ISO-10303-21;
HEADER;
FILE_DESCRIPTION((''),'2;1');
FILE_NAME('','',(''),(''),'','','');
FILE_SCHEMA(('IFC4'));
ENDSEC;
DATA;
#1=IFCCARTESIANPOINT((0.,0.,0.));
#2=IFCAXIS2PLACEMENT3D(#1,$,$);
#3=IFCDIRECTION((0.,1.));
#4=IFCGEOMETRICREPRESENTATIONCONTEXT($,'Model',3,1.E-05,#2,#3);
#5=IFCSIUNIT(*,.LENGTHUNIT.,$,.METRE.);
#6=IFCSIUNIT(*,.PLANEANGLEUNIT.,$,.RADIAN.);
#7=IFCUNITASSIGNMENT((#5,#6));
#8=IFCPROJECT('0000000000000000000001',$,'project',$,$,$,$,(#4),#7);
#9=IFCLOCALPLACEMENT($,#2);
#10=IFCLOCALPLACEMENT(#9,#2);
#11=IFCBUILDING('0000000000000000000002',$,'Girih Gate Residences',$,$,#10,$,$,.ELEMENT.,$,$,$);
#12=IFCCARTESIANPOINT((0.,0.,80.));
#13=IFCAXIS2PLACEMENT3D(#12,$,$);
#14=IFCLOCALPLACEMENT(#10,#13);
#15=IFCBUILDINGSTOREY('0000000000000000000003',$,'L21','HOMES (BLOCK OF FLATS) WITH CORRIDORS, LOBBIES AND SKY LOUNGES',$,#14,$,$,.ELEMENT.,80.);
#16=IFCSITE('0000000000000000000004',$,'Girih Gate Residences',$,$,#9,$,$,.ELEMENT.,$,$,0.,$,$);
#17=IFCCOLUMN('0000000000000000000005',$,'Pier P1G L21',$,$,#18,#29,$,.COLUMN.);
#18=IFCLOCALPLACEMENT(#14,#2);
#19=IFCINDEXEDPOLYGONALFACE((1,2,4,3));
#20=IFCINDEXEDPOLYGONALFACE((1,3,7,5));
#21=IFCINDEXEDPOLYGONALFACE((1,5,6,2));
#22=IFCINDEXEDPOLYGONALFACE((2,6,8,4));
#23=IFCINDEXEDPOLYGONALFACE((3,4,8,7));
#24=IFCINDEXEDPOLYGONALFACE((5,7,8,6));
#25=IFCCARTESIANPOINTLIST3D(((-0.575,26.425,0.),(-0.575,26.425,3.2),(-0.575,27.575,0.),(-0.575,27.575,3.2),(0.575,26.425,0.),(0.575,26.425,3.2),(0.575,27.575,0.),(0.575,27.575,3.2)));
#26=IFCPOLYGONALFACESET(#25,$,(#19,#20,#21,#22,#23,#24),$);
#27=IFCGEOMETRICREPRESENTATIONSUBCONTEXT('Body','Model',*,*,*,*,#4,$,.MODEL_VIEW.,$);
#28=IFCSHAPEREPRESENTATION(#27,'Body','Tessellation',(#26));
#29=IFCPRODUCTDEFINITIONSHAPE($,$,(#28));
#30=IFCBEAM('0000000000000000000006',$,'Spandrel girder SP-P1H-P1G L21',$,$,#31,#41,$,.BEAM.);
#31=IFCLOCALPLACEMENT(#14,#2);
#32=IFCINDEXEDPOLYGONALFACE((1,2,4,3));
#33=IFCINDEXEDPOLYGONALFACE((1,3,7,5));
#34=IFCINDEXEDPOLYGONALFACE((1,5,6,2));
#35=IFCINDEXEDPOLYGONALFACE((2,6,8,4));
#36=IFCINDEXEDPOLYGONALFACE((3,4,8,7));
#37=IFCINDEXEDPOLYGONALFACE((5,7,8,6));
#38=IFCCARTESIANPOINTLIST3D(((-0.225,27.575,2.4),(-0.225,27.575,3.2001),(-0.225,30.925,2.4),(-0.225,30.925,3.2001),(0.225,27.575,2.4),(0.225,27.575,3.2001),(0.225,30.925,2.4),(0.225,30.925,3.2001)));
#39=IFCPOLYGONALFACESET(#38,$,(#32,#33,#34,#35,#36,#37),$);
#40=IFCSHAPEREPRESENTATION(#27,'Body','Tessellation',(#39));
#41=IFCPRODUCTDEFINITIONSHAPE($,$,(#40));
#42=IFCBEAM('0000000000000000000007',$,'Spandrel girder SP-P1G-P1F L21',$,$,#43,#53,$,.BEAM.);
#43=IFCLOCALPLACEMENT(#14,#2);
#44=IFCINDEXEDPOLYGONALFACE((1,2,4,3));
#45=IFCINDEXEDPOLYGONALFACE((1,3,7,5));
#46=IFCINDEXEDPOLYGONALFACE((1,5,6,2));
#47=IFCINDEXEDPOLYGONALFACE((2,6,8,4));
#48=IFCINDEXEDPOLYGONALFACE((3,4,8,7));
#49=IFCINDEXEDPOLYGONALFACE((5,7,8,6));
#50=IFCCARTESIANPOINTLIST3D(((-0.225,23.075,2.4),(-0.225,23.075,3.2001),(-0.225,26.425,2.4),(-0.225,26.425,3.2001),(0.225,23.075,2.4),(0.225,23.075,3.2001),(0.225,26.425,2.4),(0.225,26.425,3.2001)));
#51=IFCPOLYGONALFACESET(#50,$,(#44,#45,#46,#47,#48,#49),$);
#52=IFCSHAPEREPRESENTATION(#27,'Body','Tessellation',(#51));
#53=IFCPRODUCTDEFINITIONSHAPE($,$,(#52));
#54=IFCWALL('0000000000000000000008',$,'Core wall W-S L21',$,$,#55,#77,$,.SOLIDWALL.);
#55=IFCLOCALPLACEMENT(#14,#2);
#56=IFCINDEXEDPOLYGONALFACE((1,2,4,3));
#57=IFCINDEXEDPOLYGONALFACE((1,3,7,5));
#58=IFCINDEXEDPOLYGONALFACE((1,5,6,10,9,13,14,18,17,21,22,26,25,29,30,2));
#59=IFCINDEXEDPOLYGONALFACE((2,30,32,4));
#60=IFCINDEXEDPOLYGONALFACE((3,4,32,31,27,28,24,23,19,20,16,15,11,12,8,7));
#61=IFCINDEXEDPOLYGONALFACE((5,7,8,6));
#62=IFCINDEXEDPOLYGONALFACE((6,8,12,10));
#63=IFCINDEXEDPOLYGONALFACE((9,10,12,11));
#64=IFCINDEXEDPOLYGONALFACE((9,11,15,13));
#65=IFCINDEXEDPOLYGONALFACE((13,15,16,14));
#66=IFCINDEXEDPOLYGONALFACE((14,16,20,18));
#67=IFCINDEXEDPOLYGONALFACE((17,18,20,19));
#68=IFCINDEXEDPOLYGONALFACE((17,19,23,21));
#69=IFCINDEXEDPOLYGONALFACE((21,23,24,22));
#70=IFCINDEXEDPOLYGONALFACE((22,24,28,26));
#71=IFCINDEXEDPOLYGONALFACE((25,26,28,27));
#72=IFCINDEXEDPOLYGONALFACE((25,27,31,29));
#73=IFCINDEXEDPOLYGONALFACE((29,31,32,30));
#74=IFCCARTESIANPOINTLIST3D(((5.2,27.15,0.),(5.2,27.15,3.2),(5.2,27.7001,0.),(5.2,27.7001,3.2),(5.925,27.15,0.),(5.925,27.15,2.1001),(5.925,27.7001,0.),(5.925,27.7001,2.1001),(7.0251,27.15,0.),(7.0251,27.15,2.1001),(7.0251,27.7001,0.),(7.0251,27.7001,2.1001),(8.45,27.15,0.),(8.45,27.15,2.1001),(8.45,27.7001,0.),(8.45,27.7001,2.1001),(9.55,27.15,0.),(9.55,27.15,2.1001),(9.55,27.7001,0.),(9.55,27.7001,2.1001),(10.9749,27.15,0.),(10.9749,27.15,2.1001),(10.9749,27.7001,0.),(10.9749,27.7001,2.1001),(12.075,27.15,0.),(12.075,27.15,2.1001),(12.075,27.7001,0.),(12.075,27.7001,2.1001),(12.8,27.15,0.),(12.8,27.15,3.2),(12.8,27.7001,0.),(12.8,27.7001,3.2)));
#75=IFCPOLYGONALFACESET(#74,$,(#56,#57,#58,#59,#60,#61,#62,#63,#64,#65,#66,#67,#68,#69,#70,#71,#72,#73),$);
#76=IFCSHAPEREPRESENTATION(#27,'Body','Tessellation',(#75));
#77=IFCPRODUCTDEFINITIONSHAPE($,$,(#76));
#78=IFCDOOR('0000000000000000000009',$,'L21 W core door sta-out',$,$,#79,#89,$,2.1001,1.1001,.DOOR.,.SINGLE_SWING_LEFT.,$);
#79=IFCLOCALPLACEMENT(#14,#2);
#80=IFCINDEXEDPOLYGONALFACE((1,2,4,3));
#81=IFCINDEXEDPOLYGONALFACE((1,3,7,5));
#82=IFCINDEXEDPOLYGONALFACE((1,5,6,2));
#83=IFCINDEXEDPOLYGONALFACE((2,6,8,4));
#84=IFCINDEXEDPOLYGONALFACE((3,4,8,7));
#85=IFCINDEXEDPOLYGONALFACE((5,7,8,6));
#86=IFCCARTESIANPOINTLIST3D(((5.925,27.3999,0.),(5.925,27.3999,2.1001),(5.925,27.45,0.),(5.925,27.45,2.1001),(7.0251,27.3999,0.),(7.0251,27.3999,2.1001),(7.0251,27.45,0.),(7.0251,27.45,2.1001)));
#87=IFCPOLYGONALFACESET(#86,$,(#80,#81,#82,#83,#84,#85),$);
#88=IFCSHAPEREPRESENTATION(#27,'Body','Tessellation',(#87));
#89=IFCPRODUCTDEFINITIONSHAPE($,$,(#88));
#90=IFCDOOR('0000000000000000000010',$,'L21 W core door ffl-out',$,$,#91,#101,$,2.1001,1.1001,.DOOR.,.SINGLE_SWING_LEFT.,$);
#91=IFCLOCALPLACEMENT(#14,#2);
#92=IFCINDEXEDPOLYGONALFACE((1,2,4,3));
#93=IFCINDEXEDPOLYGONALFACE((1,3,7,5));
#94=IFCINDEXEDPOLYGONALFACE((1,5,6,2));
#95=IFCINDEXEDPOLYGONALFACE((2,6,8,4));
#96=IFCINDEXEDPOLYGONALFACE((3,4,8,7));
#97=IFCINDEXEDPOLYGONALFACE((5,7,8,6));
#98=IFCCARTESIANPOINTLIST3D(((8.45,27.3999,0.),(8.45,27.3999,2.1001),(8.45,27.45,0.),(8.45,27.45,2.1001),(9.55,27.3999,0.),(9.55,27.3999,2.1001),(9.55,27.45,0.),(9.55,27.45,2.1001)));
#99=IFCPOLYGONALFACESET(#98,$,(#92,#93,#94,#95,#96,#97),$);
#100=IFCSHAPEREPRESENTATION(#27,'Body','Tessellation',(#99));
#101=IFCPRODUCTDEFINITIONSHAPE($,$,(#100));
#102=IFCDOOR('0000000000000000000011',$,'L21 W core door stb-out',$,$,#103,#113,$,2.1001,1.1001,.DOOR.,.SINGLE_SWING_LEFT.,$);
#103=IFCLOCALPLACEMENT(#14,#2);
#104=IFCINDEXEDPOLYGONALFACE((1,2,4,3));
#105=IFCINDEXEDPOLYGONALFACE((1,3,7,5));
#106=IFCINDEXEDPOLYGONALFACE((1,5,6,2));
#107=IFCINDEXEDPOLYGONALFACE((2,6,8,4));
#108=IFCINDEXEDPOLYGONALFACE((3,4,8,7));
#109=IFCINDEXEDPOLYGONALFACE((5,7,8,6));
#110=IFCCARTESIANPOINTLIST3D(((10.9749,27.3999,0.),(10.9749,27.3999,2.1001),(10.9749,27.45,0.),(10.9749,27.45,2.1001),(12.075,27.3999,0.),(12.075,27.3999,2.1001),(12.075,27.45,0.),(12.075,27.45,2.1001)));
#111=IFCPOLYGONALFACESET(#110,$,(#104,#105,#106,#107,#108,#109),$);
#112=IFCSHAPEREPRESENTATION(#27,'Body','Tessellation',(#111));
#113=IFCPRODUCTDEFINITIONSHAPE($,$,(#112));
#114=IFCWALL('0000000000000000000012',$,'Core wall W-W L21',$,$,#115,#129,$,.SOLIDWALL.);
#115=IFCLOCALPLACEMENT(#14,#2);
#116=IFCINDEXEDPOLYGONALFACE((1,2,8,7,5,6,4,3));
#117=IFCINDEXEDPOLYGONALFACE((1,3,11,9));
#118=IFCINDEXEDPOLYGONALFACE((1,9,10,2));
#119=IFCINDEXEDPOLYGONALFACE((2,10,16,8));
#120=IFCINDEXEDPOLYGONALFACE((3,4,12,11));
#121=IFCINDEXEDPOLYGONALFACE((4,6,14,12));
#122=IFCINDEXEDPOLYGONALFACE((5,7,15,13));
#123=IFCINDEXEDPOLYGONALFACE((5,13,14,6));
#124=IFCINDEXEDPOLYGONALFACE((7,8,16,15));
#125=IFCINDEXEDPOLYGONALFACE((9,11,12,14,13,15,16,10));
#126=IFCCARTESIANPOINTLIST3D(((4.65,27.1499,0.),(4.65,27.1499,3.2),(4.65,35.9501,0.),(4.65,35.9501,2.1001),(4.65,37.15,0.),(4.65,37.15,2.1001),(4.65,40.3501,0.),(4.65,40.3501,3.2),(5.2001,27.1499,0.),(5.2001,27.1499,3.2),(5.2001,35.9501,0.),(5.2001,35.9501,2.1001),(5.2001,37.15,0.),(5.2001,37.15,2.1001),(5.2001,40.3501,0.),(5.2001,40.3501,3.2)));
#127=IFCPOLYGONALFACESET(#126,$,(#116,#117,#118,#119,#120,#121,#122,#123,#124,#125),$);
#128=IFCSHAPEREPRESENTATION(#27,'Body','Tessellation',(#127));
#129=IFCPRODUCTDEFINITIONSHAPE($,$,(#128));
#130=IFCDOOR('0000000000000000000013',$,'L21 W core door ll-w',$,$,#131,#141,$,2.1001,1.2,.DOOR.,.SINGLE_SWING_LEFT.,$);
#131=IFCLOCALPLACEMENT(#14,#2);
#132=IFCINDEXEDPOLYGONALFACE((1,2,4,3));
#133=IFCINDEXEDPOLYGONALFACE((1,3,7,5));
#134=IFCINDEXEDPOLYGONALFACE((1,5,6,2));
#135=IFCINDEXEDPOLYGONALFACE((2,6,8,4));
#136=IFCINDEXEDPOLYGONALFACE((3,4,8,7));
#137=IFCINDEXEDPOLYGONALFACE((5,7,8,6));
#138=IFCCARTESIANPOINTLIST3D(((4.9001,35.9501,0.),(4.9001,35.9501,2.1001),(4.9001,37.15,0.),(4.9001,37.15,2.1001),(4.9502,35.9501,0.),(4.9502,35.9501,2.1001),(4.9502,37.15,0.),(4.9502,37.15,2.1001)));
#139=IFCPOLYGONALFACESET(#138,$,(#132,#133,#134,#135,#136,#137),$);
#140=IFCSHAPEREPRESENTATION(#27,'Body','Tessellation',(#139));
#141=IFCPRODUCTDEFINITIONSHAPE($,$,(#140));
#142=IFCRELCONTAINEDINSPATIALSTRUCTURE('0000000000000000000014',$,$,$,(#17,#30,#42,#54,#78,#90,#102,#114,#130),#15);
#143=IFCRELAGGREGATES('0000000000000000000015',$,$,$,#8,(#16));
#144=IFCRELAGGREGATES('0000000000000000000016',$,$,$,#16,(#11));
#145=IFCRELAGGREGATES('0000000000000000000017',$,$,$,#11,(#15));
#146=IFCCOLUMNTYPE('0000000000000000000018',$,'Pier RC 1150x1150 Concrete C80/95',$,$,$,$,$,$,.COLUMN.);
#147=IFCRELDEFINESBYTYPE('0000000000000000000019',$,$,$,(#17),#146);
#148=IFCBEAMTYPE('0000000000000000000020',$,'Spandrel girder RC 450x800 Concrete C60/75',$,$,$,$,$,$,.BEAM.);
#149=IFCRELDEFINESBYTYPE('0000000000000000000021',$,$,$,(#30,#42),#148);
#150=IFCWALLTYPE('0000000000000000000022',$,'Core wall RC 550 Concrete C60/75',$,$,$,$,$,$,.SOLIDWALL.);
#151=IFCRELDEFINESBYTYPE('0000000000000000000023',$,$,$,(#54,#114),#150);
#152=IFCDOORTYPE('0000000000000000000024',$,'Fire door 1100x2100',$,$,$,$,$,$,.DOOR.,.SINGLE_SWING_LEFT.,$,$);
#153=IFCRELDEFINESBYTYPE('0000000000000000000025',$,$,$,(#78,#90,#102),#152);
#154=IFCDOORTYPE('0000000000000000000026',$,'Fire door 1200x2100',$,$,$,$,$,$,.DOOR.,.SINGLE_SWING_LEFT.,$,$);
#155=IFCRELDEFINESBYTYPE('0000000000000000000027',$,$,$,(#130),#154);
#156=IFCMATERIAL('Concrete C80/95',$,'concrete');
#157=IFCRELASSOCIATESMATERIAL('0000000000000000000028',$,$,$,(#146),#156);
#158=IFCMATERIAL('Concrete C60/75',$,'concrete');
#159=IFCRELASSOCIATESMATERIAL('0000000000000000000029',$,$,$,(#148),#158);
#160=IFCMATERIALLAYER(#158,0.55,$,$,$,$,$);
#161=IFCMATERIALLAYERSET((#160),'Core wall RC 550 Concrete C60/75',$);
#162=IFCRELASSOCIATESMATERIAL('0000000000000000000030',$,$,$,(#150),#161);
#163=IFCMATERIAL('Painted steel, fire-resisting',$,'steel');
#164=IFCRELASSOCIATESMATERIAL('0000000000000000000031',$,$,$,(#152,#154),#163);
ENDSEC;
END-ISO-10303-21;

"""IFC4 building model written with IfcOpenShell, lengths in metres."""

from ifc_helpers import new_model, si_unit, direction, frame, frame_2d, origin, origin_2d, place, context, subcontext, project, spatial, rectangle, extrude, material, layer, layer_set, material_profile, profile_set, type_object, element, fill, save


model = new_model("IFC4")

# Units and contexts
model_context = context("Model", 3, precision=1e-05, world=origin(), true_north=direction((0.0, 1.0)))
body_context = subcontext(model_context, "Body", "Model", "MODEL_VIEW")
ifc_project = project(units=[si_unit("LENGTHUNIT", "METRE"), si_unit("PLANEANGLEUNIT", "RADIAN")], contexts=[model_context])

# Site, building, storey
site_placement = place(None, origin())
site = spatial("IfcSite", under=ifc_project, at=site_placement, Name="Girih Gate Residences", CompositionType="ELEMENT", RefElevation=0.0)
building_placement = place(site_placement, origin())
building = spatial("IfcBuilding", under=site, at=building_placement, Name="Girih Gate Residences", CompositionType="ELEMENT")
storey_placement = place(building_placement, frame((0.0, 0.0, 80.0)))
storey = spatial("IfcBuildingStorey", under=building, at=storey_placement, Name="L21", Description="HOMES (BLOCK OF FLATS) WITH CORRIDORS, LOBBIES AND SKY LOUNGES", CompositionType="ELEMENT", Elevation=80.0)

# Column
ifc_material_1 = material(Name="Concrete C80/95", Category="concrete")
ifc_material_profile_1 = material_profile(ifc_material_1, rectangle(XDim=1.1499, YDim=1.1499, at=origin_2d()))
ifc_profile_set_1 = profile_set([ifc_material_profile_1], Name="Concrete C80/95")
column_type = type_object("IfcColumnType", Name="Pier RC 1150x1150 Concrete C80/95", PredefinedType="COLUMN", material=ifc_profile_set_1)
column_placement = place(storey_placement, frame((0.0, 27.0, 0.0), z_axis=(0.0, 0.0, 1.0), x_axis=(1.0, 0.0, 0.0)))
element("IfcColumn", 1, at=column_placement, inside=storey, type_object=column_type, Name="Pier P1G L21", PredefinedType="COLUMN", context=body_context, shape_type="SweptSolid", body=[
    extrude(rectangle(XDim=1.1499, YDim=1.1499, at=origin_2d()), origin(), (0.0, 0.0, 1.0), 3.2),
])

# Beams
ifc_material_2 = material(Name="Concrete C60/75", Category="concrete")
ifc_material_profile_2 = material_profile(ifc_material_2, rectangle(XDim=0.45, YDim=0.8, at=origin_2d()))
ifc_profile_set_2 = profile_set([ifc_material_profile_2], Name="Concrete C60/75")
beam_type = type_object("IfcBeamType", Name="Spandrel girder RC 450x800 Concrete C60/75", PredefinedType="BEAM", material=ifc_profile_set_2)
for number, where, z_axis, x_axis, name in (
    (2, (0.0, 30.925, 2.8), (0.0, -1.0, 0.0), (1.0, 0.0, 0.0), "Spandrel girder SP-P1H-P1G L21"),
    (3, (0.0, 26.425, 2.8), (0.0, -1.0, 0.0), (1.0, 0.0, 0.0), "Spandrel girder SP-P1G-P1F L21"),
):
    element("IfcBeam", number, at=place(storey_placement, frame(where, z_axis=z_axis, x_axis=x_axis)), inside=storey, type_object=beam_type, Name=name, PredefinedType="BEAM", context=body_context, shape_type="SweptSolid", body=[
        extrude(rectangle(XDim=0.45, YDim=0.8, at=origin_2d()), origin(), (0.0, 0.0, 1.0), 3.3501),
    ])

# Wall, openings, doors
ifc_layer_1 = layer(ifc_material_2, 0.55)
ifc_layer_set_1 = layer_set([ifc_layer_1], Name="Core wall RC 550 Concrete C60/75")
wall_type_1 = type_object("IfcWallType", Name="Core wall RC 550 Concrete C60/75", PredefinedType="SOLIDWALL", material=ifc_layer_set_1)
wall_1_placement = place(storey_placement, frame((5.2, 27.425, 0.0), z_axis=(0.0, 0.0, 1.0), x_axis=(1.0, 0.0, 0.0)))
wall_1 = element("IfcWall", 4, at=wall_1_placement, inside=storey, type_object=wall_type_1, Name="Core wall W-S L21", PredefinedType="SOLIDWALL", context=body_context, shape_type="SweptSolid", body=[
    extrude(rectangle(XDim=7.6001, YDim=0.55, at=frame_2d((3.8, 0.0))), origin(), (0.0, 0.0, 1.0), 3.2),
])
opening_1_placement = place(wall_1_placement, frame((0.7251, 0.0, 0.0)))
opening_1 = element("IfcOpeningElement", 5, at=opening_1_placement, cuts=wall_1, PredefinedType="OPENING", context=body_context, shape_type="SweptSolid", body=[
    extrude(rectangle(XDim=1.1001, YDim=2.1001, at=frame_2d((0.55, 1.05))), frame((0.0, 0.2849, 0.0), z_axis=(0.0, -1.0, 0.0), x_axis=(1.0, 0.0, 0.0)), (0.0, 0.0, 1.0), 0.5701),
])
opening_2_placement = place(wall_1_placement, frame((3.25, 0.0, 0.0)))
opening_2 = element("IfcOpeningElement", 6, at=opening_2_placement, cuts=wall_1, PredefinedType="OPENING", context=body_context, shape_type="SweptSolid", body=[
    extrude(rectangle(XDim=1.1001, YDim=2.1001, at=frame_2d((0.55, 1.05))), frame((0.0, 0.2849, 0.0), z_axis=(0.0, -1.0, 0.0), x_axis=(1.0, 0.0, 0.0)), (0.0, 0.0, 1.0), 0.5701),
])
opening_3_placement = place(wall_1_placement, frame((5.7749, 0.0, 0.0)))
opening_3 = element("IfcOpeningElement", 7, at=opening_3_placement, cuts=wall_1, PredefinedType="OPENING", context=body_context, shape_type="SweptSolid", body=[
    extrude(rectangle(XDim=1.1001, YDim=2.1001, at=frame_2d((0.55, 1.05))), frame((0.0, 0.2849, 0.0), z_axis=(0.0, -1.0, 0.0), x_axis=(1.0, 0.0, 0.0)), (0.0, 0.0, 1.0), 0.5701),
])
ifc_material_3 = material(Name="Painted steel, fire-resisting", Category="steel")
door_type_1 = type_object("IfcDoorType", Name="Fire door 1100x2100", OperationType="SINGLE_SWING_LEFT", PredefinedType="DOOR", material=ifc_material_3)
door_1_placement = place(opening_1_placement, origin())
door_1 = element("IfcDoor", 8, at=door_1_placement, inside=storey, type_object=door_type_1, Name="L21 W core door sta-out", OperationType="SINGLE_SWING_LEFT", OverallHeight=2.1001, OverallWidth=1.1001, PredefinedType="DOOR", context=body_context, shape_type="SweptSolid", body=[
    extrude(rectangle(XDim=1.1001, YDim=2.1001, at=frame_2d((0.55, 1.05))), frame((0.0, 0.0249, 0.0), z_axis=(0.0, -1.0, 0.0), x_axis=(1.0, 0.0, 0.0)), (0.0, 0.0, 1.0), 0.05),
])
fill(opening_1, door_1)
door_2_placement = place(opening_2_placement, origin())
door_2 = element("IfcDoor", 9, at=door_2_placement, inside=storey, type_object=door_type_1, Name="L21 W core door ffl-out", OperationType="SINGLE_SWING_LEFT", OverallHeight=2.1001, OverallWidth=1.1001, PredefinedType="DOOR", context=body_context, shape_type="SweptSolid", body=[
    extrude(rectangle(XDim=1.1001, YDim=2.1001, at=frame_2d((0.55, 1.05))), frame((0.0, 0.0249, 0.0), z_axis=(0.0, -1.0, 0.0), x_axis=(1.0, 0.0, 0.0)), (0.0, 0.0, 1.0), 0.05),
])
fill(opening_2, door_2)
door_3_placement = place(opening_3_placement, origin())
door_3 = element("IfcDoor", 10, at=door_3_placement, inside=storey, type_object=door_type_1, Name="L21 W core door stb-out", OperationType="SINGLE_SWING_LEFT", OverallHeight=2.1001, OverallWidth=1.1001, PredefinedType="DOOR", context=body_context, shape_type="SweptSolid", body=[
    extrude(rectangle(XDim=1.1001, YDim=2.1001, at=frame_2d((0.55, 1.05))), frame((0.0, 0.0249, 0.0), z_axis=(0.0, -1.0, 0.0), x_axis=(1.0, 0.0, 0.0)), (0.0, 0.0, 1.0), 0.05),
])
fill(opening_3, door_3)

# Wall, opening, door
wall_2_placement = place(storey_placement, frame((4.925, 27.1499, 0.0), z_axis=(0.0, 0.0, 1.0), x_axis=(0.0, 1.0, 0.0)))
wall_2 = element("IfcWall", 11, at=wall_2_placement, inside=storey, type_object=wall_type_1, Name="Core wall W-W L21", PredefinedType="SOLIDWALL", context=body_context, shape_type="SweptSolid", body=[
    extrude(rectangle(XDim=13.2002, YDim=0.55, at=frame_2d((6.6001, 0.0))), origin(), (0.0, 0.0, 1.0), 3.2),
])
opening_4_placement = place(wall_2_placement, frame((8.8, 0.0, 0.0)))
opening_4 = element("IfcOpeningElement", 12, at=opening_4_placement, cuts=wall_2, PredefinedType="OPENING", context=body_context, shape_type="SweptSolid", body=[
    extrude(rectangle(XDim=1.2, YDim=2.1001, at=frame_2d((0.6001, 1.05))), frame((0.0, 0.2849, 0.0), z_axis=(0.0, -1.0, 0.0), x_axis=(1.0, 0.0, 0.0)), (0.0, 0.0, 1.0), 0.5701),
])
door_type_2 = type_object("IfcDoorType", Name="Fire door 1200x2100", OperationType="SINGLE_SWING_LEFT", PredefinedType="DOOR", material=ifc_material_3)
door_4_placement = place(opening_4_placement, origin())
door_4 = element("IfcDoor", 13, at=door_4_placement, inside=storey, type_object=door_type_2, Name="L21 W core door ll-w", OperationType="SINGLE_SWING_LEFT", OverallHeight=2.1001, OverallWidth=1.2, PredefinedType="DOOR", context=body_context, shape_type="SweptSolid", body=[
    extrude(rectangle(XDim=1.2, YDim=2.1001, at=frame_2d((0.6001, 1.05))), frame((0.0, 0.0249, 0.0), z_axis=(0.0, -1.0, 0.0), x_axis=(1.0, 0.0, 0.0)), (0.0, 0.0, 1.0), 0.05),
])
fill(opening_4, door_4)

save(model, "model.ifc")
